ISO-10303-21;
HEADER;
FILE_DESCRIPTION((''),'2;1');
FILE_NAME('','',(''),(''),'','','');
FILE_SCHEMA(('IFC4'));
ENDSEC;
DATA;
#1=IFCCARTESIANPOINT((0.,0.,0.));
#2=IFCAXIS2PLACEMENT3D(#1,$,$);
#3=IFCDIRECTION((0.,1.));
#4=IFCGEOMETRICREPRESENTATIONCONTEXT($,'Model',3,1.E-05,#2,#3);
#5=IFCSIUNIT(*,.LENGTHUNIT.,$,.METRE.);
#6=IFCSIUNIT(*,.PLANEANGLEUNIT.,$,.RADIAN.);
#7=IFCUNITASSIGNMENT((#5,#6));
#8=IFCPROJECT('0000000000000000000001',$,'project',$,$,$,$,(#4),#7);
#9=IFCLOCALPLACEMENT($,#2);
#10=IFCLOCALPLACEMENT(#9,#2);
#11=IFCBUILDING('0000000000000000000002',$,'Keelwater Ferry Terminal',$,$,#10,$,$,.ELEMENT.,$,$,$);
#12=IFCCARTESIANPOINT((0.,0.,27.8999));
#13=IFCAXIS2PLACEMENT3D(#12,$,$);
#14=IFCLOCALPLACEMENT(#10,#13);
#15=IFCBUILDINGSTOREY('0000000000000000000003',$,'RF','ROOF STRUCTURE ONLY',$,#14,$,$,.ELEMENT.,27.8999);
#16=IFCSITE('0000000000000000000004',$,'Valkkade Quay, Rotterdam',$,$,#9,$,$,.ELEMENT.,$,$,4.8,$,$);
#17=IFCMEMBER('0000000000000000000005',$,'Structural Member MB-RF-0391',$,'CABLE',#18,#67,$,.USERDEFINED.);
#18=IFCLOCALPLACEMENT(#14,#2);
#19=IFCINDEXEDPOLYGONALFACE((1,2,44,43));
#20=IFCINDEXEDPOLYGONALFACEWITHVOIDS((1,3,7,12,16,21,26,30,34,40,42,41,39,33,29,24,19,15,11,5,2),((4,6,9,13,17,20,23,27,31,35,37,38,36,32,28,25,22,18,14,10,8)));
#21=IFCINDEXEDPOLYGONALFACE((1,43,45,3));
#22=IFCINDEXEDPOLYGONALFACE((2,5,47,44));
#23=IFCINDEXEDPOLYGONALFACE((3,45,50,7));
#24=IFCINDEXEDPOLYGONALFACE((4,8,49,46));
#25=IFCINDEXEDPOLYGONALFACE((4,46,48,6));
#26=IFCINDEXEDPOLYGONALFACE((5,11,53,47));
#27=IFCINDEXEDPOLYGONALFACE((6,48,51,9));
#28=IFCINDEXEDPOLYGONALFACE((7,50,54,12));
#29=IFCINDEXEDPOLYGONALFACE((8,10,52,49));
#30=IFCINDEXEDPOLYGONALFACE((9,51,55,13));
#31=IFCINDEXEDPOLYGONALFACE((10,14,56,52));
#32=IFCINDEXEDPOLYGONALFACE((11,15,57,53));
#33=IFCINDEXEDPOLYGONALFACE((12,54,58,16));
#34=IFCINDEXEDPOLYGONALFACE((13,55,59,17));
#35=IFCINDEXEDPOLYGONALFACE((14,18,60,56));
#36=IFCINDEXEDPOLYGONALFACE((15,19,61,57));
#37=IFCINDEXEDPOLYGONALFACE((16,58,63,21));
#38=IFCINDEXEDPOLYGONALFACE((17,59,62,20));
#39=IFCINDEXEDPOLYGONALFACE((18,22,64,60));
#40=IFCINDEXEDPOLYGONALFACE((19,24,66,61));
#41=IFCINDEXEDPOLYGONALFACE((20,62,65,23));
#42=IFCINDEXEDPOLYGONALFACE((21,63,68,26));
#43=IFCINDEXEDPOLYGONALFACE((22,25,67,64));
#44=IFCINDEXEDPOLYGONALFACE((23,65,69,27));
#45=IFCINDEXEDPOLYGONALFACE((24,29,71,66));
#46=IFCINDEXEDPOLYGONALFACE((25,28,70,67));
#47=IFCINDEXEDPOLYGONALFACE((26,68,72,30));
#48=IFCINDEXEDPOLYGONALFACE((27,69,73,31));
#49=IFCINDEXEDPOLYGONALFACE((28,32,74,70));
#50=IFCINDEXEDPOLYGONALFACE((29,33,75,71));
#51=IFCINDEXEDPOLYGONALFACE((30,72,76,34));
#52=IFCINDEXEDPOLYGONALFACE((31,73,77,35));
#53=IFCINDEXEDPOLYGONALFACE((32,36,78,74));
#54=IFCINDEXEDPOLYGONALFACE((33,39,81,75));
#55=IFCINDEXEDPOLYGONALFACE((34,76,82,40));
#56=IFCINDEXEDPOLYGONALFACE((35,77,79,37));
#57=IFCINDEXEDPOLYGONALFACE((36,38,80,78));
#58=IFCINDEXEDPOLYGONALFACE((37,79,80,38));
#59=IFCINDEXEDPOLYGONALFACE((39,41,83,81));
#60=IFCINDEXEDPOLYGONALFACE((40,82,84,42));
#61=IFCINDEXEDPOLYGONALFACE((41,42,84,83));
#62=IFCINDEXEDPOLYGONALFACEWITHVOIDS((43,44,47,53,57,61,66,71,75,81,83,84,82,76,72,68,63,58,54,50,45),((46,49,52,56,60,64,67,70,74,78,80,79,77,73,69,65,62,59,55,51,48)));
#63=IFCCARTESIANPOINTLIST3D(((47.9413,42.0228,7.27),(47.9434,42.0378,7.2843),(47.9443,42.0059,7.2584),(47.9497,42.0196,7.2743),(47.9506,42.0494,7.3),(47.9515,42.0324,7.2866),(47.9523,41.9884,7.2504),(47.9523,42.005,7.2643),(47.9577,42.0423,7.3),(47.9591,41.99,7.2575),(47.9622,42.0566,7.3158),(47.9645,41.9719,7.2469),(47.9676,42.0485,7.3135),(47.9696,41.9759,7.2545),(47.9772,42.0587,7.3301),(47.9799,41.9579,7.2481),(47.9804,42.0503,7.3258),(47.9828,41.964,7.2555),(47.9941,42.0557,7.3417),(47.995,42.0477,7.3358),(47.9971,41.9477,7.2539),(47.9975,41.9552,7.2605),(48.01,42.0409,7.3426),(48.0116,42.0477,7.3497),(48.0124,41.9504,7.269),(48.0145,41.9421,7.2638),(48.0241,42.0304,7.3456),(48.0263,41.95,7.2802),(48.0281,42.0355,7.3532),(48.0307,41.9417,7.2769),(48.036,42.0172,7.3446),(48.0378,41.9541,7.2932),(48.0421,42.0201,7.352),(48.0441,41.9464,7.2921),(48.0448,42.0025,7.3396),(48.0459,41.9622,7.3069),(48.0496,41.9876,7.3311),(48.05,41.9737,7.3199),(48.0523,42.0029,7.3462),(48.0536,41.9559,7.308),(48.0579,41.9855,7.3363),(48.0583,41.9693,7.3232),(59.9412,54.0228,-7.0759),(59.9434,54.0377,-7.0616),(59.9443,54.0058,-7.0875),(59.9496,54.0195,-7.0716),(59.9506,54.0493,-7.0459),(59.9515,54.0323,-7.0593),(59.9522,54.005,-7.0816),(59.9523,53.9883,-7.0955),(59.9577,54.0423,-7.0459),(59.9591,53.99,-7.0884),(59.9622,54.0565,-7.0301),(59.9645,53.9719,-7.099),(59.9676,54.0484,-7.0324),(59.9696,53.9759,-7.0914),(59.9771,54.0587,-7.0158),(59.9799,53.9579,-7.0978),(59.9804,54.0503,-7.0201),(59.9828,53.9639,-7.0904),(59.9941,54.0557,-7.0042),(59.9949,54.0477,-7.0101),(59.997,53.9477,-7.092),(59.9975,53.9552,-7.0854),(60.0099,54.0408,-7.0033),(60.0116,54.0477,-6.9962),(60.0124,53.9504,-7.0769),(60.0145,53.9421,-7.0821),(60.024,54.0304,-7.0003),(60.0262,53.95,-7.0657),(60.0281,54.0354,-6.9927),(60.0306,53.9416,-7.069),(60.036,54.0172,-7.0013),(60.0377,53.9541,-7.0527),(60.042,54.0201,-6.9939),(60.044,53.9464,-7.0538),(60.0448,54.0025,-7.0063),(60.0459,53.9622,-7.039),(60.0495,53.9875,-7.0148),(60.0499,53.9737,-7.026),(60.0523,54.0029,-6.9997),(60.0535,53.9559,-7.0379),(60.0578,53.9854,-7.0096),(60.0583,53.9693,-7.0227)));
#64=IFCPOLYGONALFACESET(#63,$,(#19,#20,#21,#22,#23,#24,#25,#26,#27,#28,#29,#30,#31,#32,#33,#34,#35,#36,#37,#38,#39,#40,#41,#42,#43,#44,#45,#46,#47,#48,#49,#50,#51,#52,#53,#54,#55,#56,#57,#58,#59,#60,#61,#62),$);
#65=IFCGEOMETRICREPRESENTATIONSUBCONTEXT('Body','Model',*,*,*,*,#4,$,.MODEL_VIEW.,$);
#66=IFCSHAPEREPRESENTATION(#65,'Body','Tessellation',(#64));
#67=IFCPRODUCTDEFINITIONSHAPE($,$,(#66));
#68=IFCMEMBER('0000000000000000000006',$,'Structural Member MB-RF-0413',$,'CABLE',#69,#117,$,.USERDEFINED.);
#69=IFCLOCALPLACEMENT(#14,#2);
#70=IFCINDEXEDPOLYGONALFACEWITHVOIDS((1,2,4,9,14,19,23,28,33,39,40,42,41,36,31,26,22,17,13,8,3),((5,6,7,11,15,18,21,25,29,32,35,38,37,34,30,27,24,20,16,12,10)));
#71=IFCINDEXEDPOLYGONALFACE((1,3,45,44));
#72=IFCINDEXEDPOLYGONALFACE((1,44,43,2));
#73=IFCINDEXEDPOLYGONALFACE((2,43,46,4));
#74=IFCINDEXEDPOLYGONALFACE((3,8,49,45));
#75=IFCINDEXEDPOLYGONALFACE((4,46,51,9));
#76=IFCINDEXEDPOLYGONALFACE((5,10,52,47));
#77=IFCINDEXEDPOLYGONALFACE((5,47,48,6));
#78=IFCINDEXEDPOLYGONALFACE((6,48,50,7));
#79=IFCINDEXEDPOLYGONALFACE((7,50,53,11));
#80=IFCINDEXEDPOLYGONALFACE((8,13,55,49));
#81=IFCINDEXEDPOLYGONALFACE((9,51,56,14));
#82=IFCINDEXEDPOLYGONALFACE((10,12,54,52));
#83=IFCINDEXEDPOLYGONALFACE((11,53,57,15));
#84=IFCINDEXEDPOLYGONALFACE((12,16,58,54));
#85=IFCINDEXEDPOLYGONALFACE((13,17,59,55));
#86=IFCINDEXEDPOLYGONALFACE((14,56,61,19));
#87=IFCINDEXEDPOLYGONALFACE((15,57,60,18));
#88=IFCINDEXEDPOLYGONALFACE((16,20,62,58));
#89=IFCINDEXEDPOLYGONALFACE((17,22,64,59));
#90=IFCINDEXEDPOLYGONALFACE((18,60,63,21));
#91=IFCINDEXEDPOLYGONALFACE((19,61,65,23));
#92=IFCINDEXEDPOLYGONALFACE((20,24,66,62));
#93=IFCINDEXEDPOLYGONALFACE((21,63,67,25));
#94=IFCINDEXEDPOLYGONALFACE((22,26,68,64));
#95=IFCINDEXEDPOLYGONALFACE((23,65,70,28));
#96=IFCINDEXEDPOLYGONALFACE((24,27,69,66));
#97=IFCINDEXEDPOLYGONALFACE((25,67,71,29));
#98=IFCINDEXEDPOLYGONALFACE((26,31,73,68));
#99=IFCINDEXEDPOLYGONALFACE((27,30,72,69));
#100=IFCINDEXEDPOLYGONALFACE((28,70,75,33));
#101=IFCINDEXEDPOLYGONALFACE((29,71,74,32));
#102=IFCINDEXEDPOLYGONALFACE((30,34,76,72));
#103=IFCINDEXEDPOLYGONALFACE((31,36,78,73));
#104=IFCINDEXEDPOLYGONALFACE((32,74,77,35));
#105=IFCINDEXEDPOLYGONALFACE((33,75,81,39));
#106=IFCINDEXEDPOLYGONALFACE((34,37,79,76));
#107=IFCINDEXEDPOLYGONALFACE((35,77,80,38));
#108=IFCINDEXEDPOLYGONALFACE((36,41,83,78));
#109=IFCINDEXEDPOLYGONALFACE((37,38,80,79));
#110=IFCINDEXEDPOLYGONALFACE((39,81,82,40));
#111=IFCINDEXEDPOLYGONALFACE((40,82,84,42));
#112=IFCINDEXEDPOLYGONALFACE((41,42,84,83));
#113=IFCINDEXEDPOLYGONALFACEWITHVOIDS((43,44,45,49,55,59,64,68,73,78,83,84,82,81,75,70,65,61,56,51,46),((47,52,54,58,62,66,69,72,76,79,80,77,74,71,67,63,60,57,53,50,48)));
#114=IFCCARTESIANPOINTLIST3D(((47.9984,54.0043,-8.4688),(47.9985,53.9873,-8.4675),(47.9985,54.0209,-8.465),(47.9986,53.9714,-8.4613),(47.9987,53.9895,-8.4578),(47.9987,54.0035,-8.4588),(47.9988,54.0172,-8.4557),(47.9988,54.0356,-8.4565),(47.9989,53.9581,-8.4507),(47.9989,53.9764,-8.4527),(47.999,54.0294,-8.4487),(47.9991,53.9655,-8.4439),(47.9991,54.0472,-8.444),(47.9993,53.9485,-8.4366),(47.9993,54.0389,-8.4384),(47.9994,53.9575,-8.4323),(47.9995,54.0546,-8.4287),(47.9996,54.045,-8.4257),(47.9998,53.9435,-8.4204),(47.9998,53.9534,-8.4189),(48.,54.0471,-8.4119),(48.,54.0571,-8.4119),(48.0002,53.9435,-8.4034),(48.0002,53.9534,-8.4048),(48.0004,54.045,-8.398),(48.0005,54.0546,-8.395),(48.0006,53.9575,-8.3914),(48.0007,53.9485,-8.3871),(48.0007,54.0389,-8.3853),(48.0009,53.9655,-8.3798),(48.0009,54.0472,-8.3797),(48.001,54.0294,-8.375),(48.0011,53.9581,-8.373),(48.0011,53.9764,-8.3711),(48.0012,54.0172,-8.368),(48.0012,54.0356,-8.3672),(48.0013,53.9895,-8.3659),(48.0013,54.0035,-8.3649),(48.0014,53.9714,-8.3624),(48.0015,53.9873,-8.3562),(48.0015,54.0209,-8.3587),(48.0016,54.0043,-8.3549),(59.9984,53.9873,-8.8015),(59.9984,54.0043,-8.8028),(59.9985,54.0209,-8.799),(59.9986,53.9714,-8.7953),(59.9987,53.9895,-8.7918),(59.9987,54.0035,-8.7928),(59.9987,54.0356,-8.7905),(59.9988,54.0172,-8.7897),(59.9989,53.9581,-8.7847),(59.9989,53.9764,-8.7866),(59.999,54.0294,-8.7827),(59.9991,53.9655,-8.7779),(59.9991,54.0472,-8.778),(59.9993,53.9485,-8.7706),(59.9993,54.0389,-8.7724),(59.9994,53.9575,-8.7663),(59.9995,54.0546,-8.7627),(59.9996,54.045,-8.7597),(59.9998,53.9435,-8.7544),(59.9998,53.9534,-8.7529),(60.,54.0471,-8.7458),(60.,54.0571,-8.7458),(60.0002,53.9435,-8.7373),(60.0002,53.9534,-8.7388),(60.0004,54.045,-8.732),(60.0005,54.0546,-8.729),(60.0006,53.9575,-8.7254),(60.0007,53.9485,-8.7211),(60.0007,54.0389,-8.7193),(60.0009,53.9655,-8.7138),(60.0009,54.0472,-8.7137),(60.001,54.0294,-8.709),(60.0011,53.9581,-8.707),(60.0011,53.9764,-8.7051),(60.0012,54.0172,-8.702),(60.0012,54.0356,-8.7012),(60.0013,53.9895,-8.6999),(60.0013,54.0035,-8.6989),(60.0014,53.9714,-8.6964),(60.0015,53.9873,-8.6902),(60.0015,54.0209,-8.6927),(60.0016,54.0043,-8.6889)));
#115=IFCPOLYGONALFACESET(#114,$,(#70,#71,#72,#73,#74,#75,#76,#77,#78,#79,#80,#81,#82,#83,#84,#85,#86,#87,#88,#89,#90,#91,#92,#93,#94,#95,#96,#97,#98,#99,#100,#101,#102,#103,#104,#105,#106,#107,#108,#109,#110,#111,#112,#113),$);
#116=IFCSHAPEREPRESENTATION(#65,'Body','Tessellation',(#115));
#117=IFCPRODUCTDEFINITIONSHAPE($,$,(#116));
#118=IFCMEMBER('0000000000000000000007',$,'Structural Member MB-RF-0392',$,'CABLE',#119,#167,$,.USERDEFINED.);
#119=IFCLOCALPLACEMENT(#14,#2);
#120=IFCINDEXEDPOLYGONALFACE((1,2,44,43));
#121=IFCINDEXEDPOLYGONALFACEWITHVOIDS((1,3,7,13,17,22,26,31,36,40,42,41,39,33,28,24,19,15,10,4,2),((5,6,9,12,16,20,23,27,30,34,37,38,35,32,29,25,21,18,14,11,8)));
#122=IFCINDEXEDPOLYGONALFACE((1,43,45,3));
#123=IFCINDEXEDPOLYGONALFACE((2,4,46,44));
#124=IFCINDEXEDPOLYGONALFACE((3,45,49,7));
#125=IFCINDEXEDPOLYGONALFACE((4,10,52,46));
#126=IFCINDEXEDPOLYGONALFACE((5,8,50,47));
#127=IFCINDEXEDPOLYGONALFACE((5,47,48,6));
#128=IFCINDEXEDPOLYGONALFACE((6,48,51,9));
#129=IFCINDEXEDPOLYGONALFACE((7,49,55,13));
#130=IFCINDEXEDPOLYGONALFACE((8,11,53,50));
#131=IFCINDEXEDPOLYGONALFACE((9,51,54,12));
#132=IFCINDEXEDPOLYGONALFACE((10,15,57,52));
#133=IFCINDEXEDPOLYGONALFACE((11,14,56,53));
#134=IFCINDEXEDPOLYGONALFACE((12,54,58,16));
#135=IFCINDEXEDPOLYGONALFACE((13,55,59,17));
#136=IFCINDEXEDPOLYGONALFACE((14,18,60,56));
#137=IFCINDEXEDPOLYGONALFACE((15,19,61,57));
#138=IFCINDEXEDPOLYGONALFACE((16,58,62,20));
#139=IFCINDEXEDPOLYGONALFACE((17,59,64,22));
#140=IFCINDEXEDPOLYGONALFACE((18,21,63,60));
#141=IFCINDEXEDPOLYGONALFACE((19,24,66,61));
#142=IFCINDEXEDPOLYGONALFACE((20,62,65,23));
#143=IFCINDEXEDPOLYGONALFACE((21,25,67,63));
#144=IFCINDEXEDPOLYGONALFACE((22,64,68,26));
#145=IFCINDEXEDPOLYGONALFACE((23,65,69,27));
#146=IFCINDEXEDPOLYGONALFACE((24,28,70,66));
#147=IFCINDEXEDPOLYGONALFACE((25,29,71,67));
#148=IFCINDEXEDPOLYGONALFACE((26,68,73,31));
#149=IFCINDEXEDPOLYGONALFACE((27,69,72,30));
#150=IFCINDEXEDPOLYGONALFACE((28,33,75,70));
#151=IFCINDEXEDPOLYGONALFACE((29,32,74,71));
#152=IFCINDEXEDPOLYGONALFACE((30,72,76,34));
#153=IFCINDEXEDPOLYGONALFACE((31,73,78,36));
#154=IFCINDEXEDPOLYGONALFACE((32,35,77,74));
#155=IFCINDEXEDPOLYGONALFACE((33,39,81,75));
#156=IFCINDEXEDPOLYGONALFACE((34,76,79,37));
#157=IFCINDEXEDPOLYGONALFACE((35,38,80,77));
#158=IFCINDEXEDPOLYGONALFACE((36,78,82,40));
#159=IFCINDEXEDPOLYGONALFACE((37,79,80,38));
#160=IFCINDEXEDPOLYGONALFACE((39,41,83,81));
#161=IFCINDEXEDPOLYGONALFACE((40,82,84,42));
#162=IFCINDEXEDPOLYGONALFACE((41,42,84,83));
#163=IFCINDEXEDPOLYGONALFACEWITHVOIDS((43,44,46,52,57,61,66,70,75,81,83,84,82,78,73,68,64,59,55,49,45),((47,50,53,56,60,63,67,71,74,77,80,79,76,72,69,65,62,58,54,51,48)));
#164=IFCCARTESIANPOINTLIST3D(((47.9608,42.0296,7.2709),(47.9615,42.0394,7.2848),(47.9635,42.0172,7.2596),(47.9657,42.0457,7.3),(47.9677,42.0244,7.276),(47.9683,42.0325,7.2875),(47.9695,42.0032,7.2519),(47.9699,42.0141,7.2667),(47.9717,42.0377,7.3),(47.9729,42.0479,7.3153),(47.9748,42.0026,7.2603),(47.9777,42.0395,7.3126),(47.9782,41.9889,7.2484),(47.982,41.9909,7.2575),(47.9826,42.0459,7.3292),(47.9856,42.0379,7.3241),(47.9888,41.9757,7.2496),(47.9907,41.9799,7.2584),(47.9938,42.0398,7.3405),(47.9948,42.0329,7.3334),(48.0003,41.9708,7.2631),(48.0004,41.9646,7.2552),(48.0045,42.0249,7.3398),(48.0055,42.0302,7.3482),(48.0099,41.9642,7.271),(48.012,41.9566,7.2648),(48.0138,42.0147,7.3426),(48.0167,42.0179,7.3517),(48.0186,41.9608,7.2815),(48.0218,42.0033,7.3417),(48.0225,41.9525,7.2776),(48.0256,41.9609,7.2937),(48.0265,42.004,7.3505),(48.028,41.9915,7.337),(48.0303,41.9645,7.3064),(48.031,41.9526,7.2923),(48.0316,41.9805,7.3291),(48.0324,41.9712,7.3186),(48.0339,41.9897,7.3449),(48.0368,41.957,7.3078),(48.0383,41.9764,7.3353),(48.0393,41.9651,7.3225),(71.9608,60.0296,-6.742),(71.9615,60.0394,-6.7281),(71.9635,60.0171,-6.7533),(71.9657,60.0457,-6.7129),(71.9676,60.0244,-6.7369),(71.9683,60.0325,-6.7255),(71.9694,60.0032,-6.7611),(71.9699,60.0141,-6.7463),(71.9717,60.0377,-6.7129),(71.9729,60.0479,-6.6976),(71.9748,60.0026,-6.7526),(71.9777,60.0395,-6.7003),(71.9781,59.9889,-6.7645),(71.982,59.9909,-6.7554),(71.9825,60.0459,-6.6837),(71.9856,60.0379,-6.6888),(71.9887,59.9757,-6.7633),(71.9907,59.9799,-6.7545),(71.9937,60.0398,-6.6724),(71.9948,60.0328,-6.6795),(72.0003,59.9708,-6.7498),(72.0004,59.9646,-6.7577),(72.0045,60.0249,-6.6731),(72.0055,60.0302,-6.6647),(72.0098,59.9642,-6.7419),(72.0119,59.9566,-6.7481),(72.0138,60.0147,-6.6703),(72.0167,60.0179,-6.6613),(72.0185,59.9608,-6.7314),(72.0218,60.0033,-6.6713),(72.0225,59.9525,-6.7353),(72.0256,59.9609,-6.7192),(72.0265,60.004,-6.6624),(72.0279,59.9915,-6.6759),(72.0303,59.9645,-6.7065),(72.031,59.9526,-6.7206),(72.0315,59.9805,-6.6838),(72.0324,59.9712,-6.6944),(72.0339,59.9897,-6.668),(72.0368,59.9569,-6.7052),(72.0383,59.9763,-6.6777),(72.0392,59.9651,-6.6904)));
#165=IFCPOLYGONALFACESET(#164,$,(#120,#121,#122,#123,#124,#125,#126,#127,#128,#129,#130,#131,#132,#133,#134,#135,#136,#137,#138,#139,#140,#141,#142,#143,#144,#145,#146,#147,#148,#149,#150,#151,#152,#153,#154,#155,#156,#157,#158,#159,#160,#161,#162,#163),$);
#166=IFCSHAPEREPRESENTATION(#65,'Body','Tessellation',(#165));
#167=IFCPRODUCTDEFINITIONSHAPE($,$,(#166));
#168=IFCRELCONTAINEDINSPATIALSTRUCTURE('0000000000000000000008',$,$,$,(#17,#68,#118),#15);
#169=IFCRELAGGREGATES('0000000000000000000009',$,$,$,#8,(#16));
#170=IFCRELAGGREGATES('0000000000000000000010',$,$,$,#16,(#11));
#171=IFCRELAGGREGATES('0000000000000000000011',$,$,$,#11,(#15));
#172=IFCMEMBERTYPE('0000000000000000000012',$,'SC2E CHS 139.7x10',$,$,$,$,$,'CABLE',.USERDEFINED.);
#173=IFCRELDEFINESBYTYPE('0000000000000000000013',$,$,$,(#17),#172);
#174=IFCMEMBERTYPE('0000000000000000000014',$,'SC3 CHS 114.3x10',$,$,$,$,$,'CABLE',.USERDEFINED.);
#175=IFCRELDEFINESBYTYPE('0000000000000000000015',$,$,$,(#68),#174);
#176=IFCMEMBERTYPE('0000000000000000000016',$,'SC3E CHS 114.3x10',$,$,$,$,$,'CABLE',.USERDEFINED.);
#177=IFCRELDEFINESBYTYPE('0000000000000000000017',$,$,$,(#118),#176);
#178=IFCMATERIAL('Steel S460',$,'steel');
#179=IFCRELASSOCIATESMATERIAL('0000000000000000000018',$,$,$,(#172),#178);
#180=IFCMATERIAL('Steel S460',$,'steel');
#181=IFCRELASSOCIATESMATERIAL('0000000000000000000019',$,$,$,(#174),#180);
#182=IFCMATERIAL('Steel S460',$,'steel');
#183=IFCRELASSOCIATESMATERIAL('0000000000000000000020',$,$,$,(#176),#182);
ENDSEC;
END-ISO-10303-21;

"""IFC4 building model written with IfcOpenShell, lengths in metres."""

from ifc_helpers import new_model, si_unit, direction, frame, origin, origin_2d, place, context, subcontext, project, spatial, hollow_circle, extrude, material, material_profile, profile_set, type_object, element, save


model = new_model("IFC4")

# Units and contexts
model_context = context("Model", 3, precision=1e-05, world=origin(), true_north=direction((0.0, 1.0)))
body_context = subcontext(model_context, "Body", "Model", "MODEL_VIEW")
ifc_project = project(units=[si_unit("LENGTHUNIT", "METRE"), si_unit("PLANEANGLEUNIT", "RADIAN")], contexts=[model_context])

# Site, building, storey
site_placement = place(None, origin())
site = spatial("IfcSite", under=ifc_project, at=site_placement, Name="Valkkade Quay, Rotterdam", CompositionType="ELEMENT", RefElevation=4.8)
building_placement = place(site_placement, origin())
building = spatial("IfcBuilding", under=site, at=building_placement, Name="Keelwater Ferry Terminal", CompositionType="ELEMENT")
storey_placement = place(building_placement, frame((0.0, 0.0, 27.8999)))
storey = spatial("IfcBuildingStorey", under=building, at=storey_placement, Name="RF", Description="ROOF STRUCTURE ONLY", CompositionType="ELEMENT", Elevation=27.8999)

# Members
ifc_material_1 = material(Name="Steel S460", Category="steel")
ifc_material_profile_1 = material_profile(ifc_material_1, hollow_circle(Radius=0.0698, WallThickness=0.01, at=origin_2d()), Name="CHS 139.7x10")
ifc_profile_set_1 = profile_set([ifc_material_profile_1], Name="Steel S460")
member_type_1 = type_object("IfcMemberType", Name="SC2E CHS 139.7x10", ElementType="CABLE", PredefinedType="USERDEFINED", material=ifc_profile_set_1)
member_1_placement = place(storey_placement, frame((48.0, 42.0, 7.3), z_axis=(0.540011, 0.540011, -0.645581), x_axis=(-0.707107, 0.707107, 0.0)))
element("IfcMember", 1, at=member_1_placement, inside=storey, type_object=member_type_1, Name="Structural Member MB-RF-0391", ObjectType="CABLE", PredefinedType="USERDEFINED", context=body_context, shape_type="SweptSolid", body=[
    extrude(hollow_circle(Radius=0.0698, WallThickness=0.01, at=origin_2d()), origin(), (0.0, 0.0, 1.0), 22.2217),
])
ifc_material_2 = material(Name="Steel S460", Category="steel")
ifc_material_profile_2 = material_profile(ifc_material_2, hollow_circle(Radius=0.0571, WallThickness=0.01, at=origin_2d()), Name="CHS 114.3x10")
ifc_profile_set_2 = profile_set([ifc_material_profile_2], Name="Steel S460")
member_type_2 = type_object("IfcMemberType", Name="SC3 CHS 114.3x10", ElementType="CABLE", PredefinedType="USERDEFINED", material=ifc_profile_set_2)
member_2_placement = place(storey_placement, frame((48.0, 54.0, -8.4119), z_axis=(0.999613, 0.0, -0.027821), x_axis=(0.0, 1.0, 0.0)))
element("IfcMember", 2, at=member_2_placement, inside=storey, type_object=member_type_2, Name="Structural Member MB-RF-0413", ObjectType="CABLE", PredefinedType="USERDEFINED", context=body_context, shape_type="SweptSolid", body=[
    extrude(hollow_circle(Radius=0.0571, WallThickness=0.01, at=origin_2d()), origin(), (0.0, 0.0, 1.0), 12.0046),
])
ifc_material_3 = material(Name="Steel S460", Category="steel")
ifc_material_profile_3 = material_profile(ifc_material_3, hollow_circle(Radius=0.0571, WallThickness=0.01, at=origin_2d()), Name="CHS 114.3x10")
ifc_profile_set_3 = profile_set([ifc_material_profile_3], Name="Steel S460")
member_type_3 = type_object("IfcMemberType", Name="SC3E CHS 114.3x10", ElementType="CABLE", PredefinedType="USERDEFINED", material=ifc_profile_set_3)
member_3_placement = place(storey_placement, frame((48.0, 42.0, 7.3), z_axis=(0.724827, 0.54362, -0.423206), x_axis=(-0.6, 0.8, 0.0)))
element("IfcMember", 3, at=member_3_placement, inside=storey, type_object=member_type_3, Name="Structural Member MB-RF-0392", ObjectType="CABLE", PredefinedType="USERDEFINED", context=body_context, shape_type="SweptSolid", body=[
    extrude(hollow_circle(Radius=0.0571, WallThickness=0.01, at=origin_2d()), origin(), (0.0, 0.0, 1.0), 33.1113),
])

save(model, "model.ifc")
